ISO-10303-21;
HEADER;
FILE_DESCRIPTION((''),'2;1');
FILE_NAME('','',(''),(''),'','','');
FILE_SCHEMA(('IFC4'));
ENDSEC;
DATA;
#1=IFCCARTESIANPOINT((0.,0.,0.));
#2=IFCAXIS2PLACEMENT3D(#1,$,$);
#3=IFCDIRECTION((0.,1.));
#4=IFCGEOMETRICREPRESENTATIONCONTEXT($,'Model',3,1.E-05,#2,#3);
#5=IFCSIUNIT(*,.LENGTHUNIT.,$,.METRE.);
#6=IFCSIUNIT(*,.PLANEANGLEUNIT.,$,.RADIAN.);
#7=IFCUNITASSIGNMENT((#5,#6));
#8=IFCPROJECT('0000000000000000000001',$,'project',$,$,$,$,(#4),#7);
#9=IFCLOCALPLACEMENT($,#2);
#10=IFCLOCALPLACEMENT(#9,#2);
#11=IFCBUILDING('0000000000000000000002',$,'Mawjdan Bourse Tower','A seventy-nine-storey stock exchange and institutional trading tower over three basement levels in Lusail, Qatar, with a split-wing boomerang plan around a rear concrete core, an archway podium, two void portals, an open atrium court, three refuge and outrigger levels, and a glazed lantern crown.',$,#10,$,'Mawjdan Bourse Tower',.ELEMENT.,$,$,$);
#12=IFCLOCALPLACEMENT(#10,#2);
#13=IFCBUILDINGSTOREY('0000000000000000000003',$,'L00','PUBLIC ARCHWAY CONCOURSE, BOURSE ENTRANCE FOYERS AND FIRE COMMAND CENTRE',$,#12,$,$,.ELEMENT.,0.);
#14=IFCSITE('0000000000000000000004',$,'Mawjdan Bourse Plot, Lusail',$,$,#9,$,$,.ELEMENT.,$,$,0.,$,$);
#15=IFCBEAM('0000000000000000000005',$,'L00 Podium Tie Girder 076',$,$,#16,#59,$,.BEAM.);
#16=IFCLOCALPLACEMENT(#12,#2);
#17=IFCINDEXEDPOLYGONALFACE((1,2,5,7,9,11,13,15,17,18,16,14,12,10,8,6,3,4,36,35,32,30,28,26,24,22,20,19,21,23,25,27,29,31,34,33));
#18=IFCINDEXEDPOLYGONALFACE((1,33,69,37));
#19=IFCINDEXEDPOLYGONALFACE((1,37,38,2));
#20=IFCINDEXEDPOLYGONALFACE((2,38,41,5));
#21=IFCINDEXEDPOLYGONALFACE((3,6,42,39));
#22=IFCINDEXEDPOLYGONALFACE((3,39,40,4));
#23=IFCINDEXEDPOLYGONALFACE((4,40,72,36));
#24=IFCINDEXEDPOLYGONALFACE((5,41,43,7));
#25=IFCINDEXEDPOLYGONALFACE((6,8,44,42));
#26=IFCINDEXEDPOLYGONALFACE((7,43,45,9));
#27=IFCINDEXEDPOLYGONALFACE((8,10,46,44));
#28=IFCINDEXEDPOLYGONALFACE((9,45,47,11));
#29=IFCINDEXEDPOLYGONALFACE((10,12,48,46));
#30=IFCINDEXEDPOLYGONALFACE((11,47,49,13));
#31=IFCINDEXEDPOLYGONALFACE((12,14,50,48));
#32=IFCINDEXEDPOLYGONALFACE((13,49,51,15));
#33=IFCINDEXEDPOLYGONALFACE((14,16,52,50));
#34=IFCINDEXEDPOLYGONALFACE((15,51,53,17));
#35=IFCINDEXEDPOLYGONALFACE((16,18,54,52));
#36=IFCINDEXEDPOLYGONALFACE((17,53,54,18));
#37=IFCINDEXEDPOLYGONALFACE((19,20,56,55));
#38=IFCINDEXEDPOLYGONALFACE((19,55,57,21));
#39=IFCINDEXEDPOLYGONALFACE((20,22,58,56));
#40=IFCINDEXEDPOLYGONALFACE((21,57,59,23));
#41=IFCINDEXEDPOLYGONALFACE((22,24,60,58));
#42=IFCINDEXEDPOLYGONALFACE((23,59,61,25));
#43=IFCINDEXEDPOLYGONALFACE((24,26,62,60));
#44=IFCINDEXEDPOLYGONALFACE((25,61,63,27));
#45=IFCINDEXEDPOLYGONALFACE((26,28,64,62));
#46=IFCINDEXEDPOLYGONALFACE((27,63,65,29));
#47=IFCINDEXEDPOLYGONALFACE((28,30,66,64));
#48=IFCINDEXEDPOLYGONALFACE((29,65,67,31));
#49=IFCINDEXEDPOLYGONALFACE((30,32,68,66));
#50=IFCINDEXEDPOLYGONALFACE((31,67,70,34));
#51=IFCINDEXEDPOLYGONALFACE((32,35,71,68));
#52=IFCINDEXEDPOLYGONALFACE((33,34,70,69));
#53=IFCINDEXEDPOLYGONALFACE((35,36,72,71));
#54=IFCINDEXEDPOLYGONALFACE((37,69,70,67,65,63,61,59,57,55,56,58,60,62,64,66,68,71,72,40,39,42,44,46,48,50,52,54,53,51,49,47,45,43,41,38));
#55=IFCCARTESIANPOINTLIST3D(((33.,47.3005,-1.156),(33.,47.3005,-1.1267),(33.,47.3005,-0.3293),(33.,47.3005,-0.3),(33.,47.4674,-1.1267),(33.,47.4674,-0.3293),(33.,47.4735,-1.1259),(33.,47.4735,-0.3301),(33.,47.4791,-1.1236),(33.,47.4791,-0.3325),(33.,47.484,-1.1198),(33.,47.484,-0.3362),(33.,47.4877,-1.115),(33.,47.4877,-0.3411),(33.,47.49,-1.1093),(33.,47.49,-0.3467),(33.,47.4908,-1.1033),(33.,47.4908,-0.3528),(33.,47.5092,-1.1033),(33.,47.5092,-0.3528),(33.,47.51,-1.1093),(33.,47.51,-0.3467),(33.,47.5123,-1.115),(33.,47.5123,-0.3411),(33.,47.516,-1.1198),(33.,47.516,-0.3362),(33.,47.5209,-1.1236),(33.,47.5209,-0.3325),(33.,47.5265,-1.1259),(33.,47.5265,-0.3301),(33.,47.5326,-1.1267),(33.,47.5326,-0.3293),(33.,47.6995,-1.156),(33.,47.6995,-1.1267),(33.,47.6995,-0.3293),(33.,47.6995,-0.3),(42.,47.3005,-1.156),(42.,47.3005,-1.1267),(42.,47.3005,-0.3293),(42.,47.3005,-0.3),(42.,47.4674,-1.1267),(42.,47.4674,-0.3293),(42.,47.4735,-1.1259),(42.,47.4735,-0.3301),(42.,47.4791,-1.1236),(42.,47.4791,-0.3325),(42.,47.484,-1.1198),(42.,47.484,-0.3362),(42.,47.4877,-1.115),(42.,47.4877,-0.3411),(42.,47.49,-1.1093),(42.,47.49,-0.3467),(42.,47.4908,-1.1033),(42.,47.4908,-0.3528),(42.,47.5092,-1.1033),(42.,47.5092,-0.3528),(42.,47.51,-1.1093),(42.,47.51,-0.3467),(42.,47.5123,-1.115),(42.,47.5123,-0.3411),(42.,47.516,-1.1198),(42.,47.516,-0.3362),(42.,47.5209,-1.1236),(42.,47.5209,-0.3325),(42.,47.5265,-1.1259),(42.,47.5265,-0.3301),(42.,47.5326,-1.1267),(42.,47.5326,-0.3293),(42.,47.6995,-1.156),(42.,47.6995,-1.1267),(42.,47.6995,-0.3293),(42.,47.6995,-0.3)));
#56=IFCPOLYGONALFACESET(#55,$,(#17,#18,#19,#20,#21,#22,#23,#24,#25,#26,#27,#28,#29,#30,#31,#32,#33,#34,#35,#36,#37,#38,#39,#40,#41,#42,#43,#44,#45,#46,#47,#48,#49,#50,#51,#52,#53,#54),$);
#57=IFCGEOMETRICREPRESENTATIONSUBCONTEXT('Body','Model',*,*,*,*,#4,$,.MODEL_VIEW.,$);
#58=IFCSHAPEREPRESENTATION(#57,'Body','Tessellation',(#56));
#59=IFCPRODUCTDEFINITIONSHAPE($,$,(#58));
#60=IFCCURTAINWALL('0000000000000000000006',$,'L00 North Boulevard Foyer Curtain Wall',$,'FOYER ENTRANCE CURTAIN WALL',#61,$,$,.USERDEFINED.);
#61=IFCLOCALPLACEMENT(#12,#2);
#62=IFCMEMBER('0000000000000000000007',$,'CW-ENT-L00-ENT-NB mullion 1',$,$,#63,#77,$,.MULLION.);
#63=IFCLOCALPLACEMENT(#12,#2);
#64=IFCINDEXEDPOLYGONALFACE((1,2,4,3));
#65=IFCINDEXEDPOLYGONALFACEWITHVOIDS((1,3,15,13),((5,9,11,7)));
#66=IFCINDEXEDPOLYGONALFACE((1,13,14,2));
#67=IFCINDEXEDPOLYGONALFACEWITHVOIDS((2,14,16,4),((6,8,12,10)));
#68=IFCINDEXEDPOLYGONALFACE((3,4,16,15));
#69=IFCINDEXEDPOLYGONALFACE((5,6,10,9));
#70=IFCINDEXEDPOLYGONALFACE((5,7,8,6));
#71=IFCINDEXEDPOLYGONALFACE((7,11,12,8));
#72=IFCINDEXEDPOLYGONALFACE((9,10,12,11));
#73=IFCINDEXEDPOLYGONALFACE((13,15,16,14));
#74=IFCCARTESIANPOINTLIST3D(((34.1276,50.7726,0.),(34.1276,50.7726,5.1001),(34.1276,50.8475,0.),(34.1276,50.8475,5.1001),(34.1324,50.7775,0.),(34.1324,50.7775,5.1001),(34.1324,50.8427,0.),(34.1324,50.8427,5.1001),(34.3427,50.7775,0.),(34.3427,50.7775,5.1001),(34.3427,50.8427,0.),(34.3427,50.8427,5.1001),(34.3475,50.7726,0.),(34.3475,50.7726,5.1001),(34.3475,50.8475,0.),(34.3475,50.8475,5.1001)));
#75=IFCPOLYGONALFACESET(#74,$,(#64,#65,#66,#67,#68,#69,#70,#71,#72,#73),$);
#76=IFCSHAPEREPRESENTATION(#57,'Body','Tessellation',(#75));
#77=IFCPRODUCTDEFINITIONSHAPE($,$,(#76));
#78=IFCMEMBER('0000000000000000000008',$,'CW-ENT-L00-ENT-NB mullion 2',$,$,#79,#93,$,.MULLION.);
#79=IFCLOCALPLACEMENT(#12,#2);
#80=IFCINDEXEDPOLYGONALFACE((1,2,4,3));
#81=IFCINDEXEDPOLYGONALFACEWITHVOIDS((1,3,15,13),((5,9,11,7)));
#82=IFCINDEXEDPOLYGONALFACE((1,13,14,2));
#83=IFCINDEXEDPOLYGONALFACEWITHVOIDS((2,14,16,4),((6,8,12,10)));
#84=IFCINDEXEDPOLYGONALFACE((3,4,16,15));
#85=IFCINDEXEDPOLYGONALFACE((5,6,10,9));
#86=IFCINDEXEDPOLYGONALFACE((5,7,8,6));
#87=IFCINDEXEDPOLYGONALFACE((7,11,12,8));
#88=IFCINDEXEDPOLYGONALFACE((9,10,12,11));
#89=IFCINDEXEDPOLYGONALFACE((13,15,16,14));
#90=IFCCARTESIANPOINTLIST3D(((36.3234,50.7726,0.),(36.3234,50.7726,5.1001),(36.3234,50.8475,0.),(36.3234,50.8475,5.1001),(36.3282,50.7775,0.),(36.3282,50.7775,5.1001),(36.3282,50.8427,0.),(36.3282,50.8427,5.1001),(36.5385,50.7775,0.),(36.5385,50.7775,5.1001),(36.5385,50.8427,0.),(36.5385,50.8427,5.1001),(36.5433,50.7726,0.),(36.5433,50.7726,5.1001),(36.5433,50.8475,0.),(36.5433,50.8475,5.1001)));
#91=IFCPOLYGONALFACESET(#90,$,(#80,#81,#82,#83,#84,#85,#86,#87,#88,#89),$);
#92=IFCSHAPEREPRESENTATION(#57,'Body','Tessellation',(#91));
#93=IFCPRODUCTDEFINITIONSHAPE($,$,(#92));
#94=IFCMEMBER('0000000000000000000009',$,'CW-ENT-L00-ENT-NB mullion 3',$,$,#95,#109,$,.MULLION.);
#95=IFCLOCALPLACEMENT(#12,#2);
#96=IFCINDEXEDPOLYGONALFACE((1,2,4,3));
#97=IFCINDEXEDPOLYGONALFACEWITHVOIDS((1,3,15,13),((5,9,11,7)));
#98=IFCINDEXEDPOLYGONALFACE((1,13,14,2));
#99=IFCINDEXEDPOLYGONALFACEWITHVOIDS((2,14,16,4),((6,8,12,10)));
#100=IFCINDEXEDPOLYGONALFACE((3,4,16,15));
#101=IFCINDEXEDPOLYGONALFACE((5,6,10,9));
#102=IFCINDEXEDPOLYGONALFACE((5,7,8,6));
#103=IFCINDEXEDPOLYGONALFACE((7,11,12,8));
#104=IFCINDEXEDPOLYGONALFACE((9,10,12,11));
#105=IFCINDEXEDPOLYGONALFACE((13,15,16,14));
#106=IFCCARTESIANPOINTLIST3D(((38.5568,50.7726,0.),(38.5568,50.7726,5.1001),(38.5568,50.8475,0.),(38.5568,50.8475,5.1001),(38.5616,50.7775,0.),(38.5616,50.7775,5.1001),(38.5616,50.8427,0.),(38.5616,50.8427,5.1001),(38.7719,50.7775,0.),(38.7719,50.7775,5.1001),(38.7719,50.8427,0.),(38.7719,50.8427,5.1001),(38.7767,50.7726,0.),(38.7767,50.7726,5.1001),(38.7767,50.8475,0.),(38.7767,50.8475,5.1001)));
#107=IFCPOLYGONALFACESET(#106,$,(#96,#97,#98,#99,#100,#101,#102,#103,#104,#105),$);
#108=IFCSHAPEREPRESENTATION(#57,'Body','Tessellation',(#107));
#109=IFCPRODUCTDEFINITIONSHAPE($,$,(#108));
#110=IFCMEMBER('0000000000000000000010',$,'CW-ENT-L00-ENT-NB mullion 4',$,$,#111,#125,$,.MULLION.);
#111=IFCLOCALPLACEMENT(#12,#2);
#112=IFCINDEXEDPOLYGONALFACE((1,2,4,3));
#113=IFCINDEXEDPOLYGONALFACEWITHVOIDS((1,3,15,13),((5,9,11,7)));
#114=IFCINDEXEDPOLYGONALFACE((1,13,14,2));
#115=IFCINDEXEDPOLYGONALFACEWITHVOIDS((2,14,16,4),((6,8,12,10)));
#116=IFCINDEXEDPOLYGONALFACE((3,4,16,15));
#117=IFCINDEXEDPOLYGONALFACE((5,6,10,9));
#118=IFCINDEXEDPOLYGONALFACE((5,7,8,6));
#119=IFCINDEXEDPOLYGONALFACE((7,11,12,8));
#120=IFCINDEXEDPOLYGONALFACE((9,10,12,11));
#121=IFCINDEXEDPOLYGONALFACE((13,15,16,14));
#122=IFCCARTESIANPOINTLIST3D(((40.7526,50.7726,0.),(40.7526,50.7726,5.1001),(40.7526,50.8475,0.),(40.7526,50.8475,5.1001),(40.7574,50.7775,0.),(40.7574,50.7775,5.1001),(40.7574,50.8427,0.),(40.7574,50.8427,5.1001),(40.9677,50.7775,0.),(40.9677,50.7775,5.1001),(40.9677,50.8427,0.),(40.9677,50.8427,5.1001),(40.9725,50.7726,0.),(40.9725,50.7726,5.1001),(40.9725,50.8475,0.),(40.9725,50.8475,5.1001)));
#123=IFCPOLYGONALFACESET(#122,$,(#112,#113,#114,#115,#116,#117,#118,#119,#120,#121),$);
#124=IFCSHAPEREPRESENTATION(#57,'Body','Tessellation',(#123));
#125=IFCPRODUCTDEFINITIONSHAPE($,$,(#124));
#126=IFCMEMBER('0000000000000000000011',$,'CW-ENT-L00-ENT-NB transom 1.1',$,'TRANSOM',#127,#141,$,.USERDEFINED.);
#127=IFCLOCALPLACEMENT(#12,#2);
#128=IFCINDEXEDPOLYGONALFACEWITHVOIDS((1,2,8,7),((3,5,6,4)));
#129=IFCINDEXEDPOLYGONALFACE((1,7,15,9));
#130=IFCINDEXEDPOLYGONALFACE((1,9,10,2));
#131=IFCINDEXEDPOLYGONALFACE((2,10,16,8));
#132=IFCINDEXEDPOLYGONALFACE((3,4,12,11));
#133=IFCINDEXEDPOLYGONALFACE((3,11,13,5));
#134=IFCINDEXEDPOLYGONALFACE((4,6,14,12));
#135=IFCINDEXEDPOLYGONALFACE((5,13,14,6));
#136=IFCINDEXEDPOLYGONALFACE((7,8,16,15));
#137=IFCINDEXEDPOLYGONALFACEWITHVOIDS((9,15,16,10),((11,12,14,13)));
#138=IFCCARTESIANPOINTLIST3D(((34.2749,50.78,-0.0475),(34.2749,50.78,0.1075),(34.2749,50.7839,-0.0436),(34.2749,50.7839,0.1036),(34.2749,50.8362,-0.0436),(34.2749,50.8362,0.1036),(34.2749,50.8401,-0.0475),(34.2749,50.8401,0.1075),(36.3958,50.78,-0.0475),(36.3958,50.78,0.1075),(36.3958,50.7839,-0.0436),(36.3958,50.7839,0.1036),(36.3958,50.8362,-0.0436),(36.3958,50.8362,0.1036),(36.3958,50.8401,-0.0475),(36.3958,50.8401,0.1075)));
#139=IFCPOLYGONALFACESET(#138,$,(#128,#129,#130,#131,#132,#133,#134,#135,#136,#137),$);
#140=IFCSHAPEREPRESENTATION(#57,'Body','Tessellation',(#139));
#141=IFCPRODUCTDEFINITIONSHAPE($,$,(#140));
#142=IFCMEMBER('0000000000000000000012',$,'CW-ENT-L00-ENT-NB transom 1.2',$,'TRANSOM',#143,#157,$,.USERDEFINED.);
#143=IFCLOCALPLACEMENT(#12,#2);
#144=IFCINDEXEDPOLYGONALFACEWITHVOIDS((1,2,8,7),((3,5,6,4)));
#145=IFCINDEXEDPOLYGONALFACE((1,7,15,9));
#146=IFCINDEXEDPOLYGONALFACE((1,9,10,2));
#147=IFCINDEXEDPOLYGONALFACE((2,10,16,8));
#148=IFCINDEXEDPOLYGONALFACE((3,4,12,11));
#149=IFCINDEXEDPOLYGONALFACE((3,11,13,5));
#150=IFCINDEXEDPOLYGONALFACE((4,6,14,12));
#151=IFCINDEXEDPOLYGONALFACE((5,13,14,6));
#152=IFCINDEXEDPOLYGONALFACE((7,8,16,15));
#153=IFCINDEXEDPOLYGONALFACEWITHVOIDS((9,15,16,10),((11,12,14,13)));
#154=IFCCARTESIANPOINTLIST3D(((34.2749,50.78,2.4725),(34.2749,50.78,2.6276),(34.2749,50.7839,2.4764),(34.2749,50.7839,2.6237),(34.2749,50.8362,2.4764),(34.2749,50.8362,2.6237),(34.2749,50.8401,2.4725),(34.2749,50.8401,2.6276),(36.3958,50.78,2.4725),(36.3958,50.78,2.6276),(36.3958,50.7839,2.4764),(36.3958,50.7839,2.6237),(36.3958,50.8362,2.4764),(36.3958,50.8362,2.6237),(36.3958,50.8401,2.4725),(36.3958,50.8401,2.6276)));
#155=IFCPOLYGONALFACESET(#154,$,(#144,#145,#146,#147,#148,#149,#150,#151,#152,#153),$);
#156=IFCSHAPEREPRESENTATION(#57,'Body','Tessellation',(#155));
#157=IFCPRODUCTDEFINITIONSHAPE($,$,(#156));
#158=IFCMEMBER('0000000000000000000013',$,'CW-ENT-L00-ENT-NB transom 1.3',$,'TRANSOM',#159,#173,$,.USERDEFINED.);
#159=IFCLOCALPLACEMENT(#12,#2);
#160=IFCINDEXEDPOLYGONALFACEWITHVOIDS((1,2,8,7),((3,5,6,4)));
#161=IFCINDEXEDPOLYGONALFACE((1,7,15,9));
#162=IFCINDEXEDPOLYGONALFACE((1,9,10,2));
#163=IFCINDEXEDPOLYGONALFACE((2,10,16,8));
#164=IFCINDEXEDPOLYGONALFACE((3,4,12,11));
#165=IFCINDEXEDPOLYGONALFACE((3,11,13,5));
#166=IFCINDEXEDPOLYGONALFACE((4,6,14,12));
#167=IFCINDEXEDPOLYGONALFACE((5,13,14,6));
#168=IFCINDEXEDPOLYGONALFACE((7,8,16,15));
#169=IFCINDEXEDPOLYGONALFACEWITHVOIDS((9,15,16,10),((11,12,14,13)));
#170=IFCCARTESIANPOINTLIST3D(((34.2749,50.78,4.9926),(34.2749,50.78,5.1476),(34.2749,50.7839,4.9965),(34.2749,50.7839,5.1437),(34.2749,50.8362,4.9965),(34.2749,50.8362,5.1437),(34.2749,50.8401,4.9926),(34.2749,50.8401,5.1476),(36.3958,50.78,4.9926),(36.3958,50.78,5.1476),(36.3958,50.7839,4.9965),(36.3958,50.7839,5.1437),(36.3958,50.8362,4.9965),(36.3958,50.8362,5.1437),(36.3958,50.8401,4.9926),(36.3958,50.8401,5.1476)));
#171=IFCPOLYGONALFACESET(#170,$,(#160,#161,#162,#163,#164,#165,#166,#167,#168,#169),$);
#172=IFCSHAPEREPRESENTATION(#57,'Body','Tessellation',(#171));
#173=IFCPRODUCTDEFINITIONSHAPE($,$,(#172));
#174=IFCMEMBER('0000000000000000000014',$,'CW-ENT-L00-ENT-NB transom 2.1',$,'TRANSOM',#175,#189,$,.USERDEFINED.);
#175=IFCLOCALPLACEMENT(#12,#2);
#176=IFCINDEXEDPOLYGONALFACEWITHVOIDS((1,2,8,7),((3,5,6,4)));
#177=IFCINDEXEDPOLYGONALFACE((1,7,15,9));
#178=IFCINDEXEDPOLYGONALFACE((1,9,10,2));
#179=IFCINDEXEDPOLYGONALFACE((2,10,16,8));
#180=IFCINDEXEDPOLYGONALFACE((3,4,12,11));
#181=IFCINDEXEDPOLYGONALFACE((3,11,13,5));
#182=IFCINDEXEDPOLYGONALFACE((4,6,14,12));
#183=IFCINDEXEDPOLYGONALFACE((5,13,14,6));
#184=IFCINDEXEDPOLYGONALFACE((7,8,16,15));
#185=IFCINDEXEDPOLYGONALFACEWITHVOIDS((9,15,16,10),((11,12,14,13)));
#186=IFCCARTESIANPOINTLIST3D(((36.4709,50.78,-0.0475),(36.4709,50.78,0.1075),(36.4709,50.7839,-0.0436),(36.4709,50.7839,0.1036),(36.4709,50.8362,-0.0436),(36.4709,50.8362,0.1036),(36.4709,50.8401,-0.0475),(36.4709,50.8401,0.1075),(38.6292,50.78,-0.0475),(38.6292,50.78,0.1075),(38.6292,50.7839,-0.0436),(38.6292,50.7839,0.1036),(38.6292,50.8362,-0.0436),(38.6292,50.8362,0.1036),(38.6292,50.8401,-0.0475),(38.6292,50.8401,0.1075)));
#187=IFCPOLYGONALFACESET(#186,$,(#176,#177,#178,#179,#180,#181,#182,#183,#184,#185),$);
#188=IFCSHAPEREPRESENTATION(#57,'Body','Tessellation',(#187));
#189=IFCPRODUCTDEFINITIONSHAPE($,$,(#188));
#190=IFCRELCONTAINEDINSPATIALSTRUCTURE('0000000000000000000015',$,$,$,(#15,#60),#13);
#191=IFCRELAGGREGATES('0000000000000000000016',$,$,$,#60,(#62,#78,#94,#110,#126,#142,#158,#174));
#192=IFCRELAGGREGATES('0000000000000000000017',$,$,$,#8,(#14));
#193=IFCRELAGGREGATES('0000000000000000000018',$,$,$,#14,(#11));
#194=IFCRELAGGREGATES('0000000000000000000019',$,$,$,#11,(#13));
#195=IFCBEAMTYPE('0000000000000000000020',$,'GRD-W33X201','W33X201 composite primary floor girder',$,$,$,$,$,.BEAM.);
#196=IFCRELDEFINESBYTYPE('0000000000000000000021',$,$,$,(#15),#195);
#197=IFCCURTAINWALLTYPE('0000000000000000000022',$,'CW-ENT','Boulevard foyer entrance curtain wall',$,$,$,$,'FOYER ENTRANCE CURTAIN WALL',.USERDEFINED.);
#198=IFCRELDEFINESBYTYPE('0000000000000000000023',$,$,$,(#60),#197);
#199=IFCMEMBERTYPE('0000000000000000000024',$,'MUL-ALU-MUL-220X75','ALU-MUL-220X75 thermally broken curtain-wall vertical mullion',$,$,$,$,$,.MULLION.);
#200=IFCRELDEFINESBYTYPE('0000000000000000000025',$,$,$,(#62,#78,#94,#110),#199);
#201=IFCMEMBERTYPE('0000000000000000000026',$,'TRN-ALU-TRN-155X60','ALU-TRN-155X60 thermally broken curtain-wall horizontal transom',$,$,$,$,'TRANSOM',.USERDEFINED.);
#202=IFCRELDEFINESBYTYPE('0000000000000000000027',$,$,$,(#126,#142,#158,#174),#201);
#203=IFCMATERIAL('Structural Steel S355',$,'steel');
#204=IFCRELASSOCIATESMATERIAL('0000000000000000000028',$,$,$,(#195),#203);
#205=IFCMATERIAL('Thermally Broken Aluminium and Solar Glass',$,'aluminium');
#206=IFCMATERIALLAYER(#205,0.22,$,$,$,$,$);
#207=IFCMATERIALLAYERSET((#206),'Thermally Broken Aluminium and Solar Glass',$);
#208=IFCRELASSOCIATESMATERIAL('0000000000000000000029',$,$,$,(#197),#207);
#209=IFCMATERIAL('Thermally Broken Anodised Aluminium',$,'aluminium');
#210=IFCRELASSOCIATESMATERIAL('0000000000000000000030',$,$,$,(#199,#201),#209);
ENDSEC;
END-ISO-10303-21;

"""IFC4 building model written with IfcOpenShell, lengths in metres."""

from ifc_helpers import new_model, si_unit, direction, frame, origin, origin_2d, place, context, subcontext, project, spatial, hollow_rectangle, i_section, extrude, material, layer, layer_set, material_profile, profile_set, type_object, element, aggregate, save


model = new_model("IFC4")

# Units and contexts
model_context = context("Model", 3, precision=1e-05, world=origin(), true_north=direction((0.0, 1.0)))
body_context = subcontext(model_context, "Body", "Model", "MODEL_VIEW")
ifc_project = project(units=[si_unit("LENGTHUNIT", "METRE"), si_unit("PLANEANGLEUNIT", "RADIAN")], contexts=[model_context])

# Site, building, storey
site_placement = place(None, origin())
site = spatial("IfcSite", under=ifc_project, at=site_placement, Name="Mawjdan Bourse Plot, Lusail", CompositionType="ELEMENT", RefElevation=0.0)
building_placement = place(site_placement, origin())
building = spatial("IfcBuilding", under=site, at=building_placement, Name="Mawjdan Bourse Tower", Description="A seventy-nine-storey stock exchange and institutional trading tower over three basement levels in Lusail, Qatar, with a split-wing boomerang plan around a rear concrete core, an archway podium, two void portals, an open atrium court, three refuge and outrigger levels, and a glazed lantern crown.", LongName="Mawjdan Bourse Tower", CompositionType="ELEMENT")
storey_placement = place(building_placement, origin())
storey = spatial("IfcBuildingStorey", under=building, at=storey_placement, Name="L00", Description="PUBLIC ARCHWAY CONCOURSE, BOURSE ENTRANCE FOYERS AND FIRE COMMAND CENTRE", CompositionType="ELEMENT", Elevation=0.0)

# Beam
ifc_material_1 = material(Name="Structural Steel S355", Category="steel")
ifc_material_profile_1 = material_profile(ifc_material_1, i_section(OverallWidth=0.3989, OverallDepth=0.856, WebThickness=0.0183, FlangeThickness=0.0293, FilletRadius=0.0234, at=origin_2d()), Name="W33X201")
ifc_profile_set_1 = profile_set([ifc_material_profile_1], Name="Structural Steel S355")
beam_type = type_object("IfcBeamType", Name="GRD-W33X201", Description="W33X201 composite primary floor girder", PredefinedType="BEAM", material=ifc_profile_set_1)
beam_1_placement = place(storey_placement, frame((33.0, 47.5, -0.728), z_axis=(1.0, 0.0, 0.0), x_axis=(0.0, 1.0, 0.0)))
element("IfcBeam", 1, at=beam_1_placement, inside=storey, type_object=beam_type, Name="L00 Podium Tie Girder 076", PredefinedType="BEAM", context=body_context, shape_type="SweptSolid", body=[
    extrude(i_section(OverallWidth=0.3989, OverallDepth=0.856, WebThickness=0.0183, FlangeThickness=0.0293, FilletRadius=0.0234, at=origin_2d()), origin(), (0.0, 0.0, 1.0), 9.0),
])

# Curtain wall, members
ifc_material_2 = material(Name="Thermally Broken Aluminium and Solar Glass", Category="aluminium")
ifc_layer_1 = layer(ifc_material_2, 0.22)
ifc_layer_set_1 = layer_set([ifc_layer_1], Name="Thermally Broken Aluminium and Solar Glass")
curtain_wall_type = type_object("IfcCurtainWallType", Name="CW-ENT", Description="Boulevard foyer entrance curtain wall", ElementType="FOYER ENTRANCE CURTAIN WALL", PredefinedType="USERDEFINED", material=ifc_layer_set_1)
curtain_wall_placement = place(storey_placement, origin())
curtain_wall = element("IfcCurtainWall", 2, at=curtain_wall_placement, inside=storey, type_object=curtain_wall_type, Name="L00 North Boulevard Foyer Curtain Wall", ObjectType="FOYER ENTRANCE CURTAIN WALL", PredefinedType="USERDEFINED")
ifc_material_3 = material(Name="Thermally Broken Anodised Aluminium", Category="aluminium")
ifc_material_profile_2 = material_profile(ifc_material_3, hollow_rectangle(XDim=0.075, YDim=0.22, WallThickness=0.0049, at=origin_2d()), Name="ALU-MUL-220X75")
ifc_profile_set_2 = profile_set([ifc_material_profile_2], Name="Thermally Broken Anodised Aluminium")
member_type_1 = type_object("IfcMemberType", Name="MUL-ALU-MUL-220X75", Description="ALU-MUL-220X75 thermally broken curtain-wall vertical mullion", PredefinedType="MULLION", material=ifc_profile_set_2)
member_1_placement = place(storey_placement, frame((34.2375, 50.8101, 0.0), z_axis=(0.0, 0.0, 1.0), x_axis=(0.0, 1.0, 0.0)))
member_1 = element("IfcMember", 3, at=member_1_placement, type_object=member_type_1, Name="CW-ENT-L00-ENT-NB mullion 1", PredefinedType="MULLION", context=body_context, shape_type="SweptSolid", body=[
    extrude(hollow_rectangle(XDim=0.075, YDim=0.22, WallThickness=0.0049, at=origin_2d()), origin(), (0.0, 0.0, 1.0), 5.1001),
])
member_2_placement = place(storey_placement, frame((36.4333, 50.8101, 0.0), z_axis=(0.0, 0.0, 1.0), x_axis=(0.0, 1.0, 0.0)))
member_2 = element("IfcMember", 4, at=member_2_placement, type_object=member_type_1, Name="CW-ENT-L00-ENT-NB mullion 2", PredefinedType="MULLION", context=body_context, shape_type="SweptSolid", body=[
    extrude(hollow_rectangle(XDim=0.075, YDim=0.22, WallThickness=0.0049, at=origin_2d()), origin(), (0.0, 0.0, 1.0), 5.1001),
])
member_3_placement = place(storey_placement, frame((38.6667, 50.8101, 0.0), z_axis=(0.0, 0.0, 1.0), x_axis=(0.0, 1.0, 0.0)))
member_3 = element("IfcMember", 5, at=member_3_placement, type_object=member_type_1, Name="CW-ENT-L00-ENT-NB mullion 3", PredefinedType="MULLION", context=body_context, shape_type="SweptSolid", body=[
    extrude(hollow_rectangle(XDim=0.075, YDim=0.22, WallThickness=0.0049, at=origin_2d()), origin(), (0.0, 0.0, 1.0), 5.1001),
])
member_4_placement = place(storey_placement, frame((40.8625, 50.8101, 0.0), z_axis=(0.0, 0.0, 1.0), x_axis=(0.0, 1.0, 0.0)))
member_4 = element("IfcMember", 6, at=member_4_placement, type_object=member_type_1, Name="CW-ENT-L00-ENT-NB mullion 4", PredefinedType="MULLION", context=body_context, shape_type="SweptSolid", body=[
    extrude(hollow_rectangle(XDim=0.075, YDim=0.22, WallThickness=0.0049, at=origin_2d()), origin(), (0.0, 0.0, 1.0), 5.1001),
])
ifc_material_profile_3 = material_profile(ifc_material_3, hollow_rectangle(XDim=0.0601, YDim=0.155, WallThickness=0.0039, at=origin_2d()), Name="ALU-TRN-155X60")
ifc_profile_set_3 = profile_set([ifc_material_profile_3], Name="Thermally Broken Anodised Aluminium")
member_type_2 = type_object("IfcMemberType", Name="TRN-ALU-TRN-155X60", Description="ALU-TRN-155X60 thermally broken curtain-wall horizontal transom", ElementType="TRANSOM", PredefinedType="USERDEFINED", material=ifc_profile_set_3)
member_5_placement = place(storey_placement, frame((34.2749, 50.8101, 0.03), z_axis=(1.0, 0.0, 0.0), x_axis=(0.0, 1.0, 0.0)))
member_5 = element("IfcMember", 7, at=member_5_placement, type_object=member_type_2, Name="CW-ENT-L00-ENT-NB transom 1.1", ObjectType="TRANSOM", PredefinedType="USERDEFINED", context=body_context, shape_type="SweptSolid", body=[
    extrude(hollow_rectangle(XDim=0.0601, YDim=0.155, WallThickness=0.0039, at=origin_2d()), origin(), (0.0, 0.0, 1.0), 2.1208),
])
member_6_placement = place(storey_placement, frame((34.2749, 50.8101, 2.55), z_axis=(1.0, 0.0, 0.0), x_axis=(0.0, 1.0, 0.0)))
member_6 = element("IfcMember", 8, at=member_6_placement, type_object=member_type_2, Name="CW-ENT-L00-ENT-NB transom 1.2", ObjectType="TRANSOM", PredefinedType="USERDEFINED", context=body_context, shape_type="SweptSolid", body=[
    extrude(hollow_rectangle(XDim=0.0601, YDim=0.155, WallThickness=0.0039, at=origin_2d()), origin(), (0.0, 0.0, 1.0), 2.1208),
])
member_7_placement = place(storey_placement, frame((34.2749, 50.8101, 5.0701), z_axis=(1.0, 0.0, 0.0), x_axis=(0.0, 1.0, 0.0)))
member_7 = element("IfcMember", 9, at=member_7_placement, type_object=member_type_2, Name="CW-ENT-L00-ENT-NB transom 1.3", ObjectType="TRANSOM", PredefinedType="USERDEFINED", context=body_context, shape_type="SweptSolid", body=[
    extrude(hollow_rectangle(XDim=0.0601, YDim=0.155, WallThickness=0.0039, at=origin_2d()), origin(), (0.0, 0.0, 1.0), 2.1208),
])
member_8_placement = place(storey_placement, frame((36.4709, 50.8101, 0.03), z_axis=(1.0, 0.0, 0.0), x_axis=(0.0, 1.0, 0.0)))
member_8 = element("IfcMember", 10, at=member_8_placement, type_object=member_type_2, Name="CW-ENT-L00-ENT-NB transom 2.1", ObjectType="TRANSOM", PredefinedType="USERDEFINED", context=body_context, shape_type="SweptSolid", body=[
    extrude(hollow_rectangle(XDim=0.0601, YDim=0.155, WallThickness=0.0039, at=origin_2d()), origin(), (0.0, 0.0, 1.0), 2.1582),
])
aggregate(curtain_wall, [member_1, member_2, member_3, member_4, member_5, member_6, member_7, member_8])

save(model, "model.ifc")
